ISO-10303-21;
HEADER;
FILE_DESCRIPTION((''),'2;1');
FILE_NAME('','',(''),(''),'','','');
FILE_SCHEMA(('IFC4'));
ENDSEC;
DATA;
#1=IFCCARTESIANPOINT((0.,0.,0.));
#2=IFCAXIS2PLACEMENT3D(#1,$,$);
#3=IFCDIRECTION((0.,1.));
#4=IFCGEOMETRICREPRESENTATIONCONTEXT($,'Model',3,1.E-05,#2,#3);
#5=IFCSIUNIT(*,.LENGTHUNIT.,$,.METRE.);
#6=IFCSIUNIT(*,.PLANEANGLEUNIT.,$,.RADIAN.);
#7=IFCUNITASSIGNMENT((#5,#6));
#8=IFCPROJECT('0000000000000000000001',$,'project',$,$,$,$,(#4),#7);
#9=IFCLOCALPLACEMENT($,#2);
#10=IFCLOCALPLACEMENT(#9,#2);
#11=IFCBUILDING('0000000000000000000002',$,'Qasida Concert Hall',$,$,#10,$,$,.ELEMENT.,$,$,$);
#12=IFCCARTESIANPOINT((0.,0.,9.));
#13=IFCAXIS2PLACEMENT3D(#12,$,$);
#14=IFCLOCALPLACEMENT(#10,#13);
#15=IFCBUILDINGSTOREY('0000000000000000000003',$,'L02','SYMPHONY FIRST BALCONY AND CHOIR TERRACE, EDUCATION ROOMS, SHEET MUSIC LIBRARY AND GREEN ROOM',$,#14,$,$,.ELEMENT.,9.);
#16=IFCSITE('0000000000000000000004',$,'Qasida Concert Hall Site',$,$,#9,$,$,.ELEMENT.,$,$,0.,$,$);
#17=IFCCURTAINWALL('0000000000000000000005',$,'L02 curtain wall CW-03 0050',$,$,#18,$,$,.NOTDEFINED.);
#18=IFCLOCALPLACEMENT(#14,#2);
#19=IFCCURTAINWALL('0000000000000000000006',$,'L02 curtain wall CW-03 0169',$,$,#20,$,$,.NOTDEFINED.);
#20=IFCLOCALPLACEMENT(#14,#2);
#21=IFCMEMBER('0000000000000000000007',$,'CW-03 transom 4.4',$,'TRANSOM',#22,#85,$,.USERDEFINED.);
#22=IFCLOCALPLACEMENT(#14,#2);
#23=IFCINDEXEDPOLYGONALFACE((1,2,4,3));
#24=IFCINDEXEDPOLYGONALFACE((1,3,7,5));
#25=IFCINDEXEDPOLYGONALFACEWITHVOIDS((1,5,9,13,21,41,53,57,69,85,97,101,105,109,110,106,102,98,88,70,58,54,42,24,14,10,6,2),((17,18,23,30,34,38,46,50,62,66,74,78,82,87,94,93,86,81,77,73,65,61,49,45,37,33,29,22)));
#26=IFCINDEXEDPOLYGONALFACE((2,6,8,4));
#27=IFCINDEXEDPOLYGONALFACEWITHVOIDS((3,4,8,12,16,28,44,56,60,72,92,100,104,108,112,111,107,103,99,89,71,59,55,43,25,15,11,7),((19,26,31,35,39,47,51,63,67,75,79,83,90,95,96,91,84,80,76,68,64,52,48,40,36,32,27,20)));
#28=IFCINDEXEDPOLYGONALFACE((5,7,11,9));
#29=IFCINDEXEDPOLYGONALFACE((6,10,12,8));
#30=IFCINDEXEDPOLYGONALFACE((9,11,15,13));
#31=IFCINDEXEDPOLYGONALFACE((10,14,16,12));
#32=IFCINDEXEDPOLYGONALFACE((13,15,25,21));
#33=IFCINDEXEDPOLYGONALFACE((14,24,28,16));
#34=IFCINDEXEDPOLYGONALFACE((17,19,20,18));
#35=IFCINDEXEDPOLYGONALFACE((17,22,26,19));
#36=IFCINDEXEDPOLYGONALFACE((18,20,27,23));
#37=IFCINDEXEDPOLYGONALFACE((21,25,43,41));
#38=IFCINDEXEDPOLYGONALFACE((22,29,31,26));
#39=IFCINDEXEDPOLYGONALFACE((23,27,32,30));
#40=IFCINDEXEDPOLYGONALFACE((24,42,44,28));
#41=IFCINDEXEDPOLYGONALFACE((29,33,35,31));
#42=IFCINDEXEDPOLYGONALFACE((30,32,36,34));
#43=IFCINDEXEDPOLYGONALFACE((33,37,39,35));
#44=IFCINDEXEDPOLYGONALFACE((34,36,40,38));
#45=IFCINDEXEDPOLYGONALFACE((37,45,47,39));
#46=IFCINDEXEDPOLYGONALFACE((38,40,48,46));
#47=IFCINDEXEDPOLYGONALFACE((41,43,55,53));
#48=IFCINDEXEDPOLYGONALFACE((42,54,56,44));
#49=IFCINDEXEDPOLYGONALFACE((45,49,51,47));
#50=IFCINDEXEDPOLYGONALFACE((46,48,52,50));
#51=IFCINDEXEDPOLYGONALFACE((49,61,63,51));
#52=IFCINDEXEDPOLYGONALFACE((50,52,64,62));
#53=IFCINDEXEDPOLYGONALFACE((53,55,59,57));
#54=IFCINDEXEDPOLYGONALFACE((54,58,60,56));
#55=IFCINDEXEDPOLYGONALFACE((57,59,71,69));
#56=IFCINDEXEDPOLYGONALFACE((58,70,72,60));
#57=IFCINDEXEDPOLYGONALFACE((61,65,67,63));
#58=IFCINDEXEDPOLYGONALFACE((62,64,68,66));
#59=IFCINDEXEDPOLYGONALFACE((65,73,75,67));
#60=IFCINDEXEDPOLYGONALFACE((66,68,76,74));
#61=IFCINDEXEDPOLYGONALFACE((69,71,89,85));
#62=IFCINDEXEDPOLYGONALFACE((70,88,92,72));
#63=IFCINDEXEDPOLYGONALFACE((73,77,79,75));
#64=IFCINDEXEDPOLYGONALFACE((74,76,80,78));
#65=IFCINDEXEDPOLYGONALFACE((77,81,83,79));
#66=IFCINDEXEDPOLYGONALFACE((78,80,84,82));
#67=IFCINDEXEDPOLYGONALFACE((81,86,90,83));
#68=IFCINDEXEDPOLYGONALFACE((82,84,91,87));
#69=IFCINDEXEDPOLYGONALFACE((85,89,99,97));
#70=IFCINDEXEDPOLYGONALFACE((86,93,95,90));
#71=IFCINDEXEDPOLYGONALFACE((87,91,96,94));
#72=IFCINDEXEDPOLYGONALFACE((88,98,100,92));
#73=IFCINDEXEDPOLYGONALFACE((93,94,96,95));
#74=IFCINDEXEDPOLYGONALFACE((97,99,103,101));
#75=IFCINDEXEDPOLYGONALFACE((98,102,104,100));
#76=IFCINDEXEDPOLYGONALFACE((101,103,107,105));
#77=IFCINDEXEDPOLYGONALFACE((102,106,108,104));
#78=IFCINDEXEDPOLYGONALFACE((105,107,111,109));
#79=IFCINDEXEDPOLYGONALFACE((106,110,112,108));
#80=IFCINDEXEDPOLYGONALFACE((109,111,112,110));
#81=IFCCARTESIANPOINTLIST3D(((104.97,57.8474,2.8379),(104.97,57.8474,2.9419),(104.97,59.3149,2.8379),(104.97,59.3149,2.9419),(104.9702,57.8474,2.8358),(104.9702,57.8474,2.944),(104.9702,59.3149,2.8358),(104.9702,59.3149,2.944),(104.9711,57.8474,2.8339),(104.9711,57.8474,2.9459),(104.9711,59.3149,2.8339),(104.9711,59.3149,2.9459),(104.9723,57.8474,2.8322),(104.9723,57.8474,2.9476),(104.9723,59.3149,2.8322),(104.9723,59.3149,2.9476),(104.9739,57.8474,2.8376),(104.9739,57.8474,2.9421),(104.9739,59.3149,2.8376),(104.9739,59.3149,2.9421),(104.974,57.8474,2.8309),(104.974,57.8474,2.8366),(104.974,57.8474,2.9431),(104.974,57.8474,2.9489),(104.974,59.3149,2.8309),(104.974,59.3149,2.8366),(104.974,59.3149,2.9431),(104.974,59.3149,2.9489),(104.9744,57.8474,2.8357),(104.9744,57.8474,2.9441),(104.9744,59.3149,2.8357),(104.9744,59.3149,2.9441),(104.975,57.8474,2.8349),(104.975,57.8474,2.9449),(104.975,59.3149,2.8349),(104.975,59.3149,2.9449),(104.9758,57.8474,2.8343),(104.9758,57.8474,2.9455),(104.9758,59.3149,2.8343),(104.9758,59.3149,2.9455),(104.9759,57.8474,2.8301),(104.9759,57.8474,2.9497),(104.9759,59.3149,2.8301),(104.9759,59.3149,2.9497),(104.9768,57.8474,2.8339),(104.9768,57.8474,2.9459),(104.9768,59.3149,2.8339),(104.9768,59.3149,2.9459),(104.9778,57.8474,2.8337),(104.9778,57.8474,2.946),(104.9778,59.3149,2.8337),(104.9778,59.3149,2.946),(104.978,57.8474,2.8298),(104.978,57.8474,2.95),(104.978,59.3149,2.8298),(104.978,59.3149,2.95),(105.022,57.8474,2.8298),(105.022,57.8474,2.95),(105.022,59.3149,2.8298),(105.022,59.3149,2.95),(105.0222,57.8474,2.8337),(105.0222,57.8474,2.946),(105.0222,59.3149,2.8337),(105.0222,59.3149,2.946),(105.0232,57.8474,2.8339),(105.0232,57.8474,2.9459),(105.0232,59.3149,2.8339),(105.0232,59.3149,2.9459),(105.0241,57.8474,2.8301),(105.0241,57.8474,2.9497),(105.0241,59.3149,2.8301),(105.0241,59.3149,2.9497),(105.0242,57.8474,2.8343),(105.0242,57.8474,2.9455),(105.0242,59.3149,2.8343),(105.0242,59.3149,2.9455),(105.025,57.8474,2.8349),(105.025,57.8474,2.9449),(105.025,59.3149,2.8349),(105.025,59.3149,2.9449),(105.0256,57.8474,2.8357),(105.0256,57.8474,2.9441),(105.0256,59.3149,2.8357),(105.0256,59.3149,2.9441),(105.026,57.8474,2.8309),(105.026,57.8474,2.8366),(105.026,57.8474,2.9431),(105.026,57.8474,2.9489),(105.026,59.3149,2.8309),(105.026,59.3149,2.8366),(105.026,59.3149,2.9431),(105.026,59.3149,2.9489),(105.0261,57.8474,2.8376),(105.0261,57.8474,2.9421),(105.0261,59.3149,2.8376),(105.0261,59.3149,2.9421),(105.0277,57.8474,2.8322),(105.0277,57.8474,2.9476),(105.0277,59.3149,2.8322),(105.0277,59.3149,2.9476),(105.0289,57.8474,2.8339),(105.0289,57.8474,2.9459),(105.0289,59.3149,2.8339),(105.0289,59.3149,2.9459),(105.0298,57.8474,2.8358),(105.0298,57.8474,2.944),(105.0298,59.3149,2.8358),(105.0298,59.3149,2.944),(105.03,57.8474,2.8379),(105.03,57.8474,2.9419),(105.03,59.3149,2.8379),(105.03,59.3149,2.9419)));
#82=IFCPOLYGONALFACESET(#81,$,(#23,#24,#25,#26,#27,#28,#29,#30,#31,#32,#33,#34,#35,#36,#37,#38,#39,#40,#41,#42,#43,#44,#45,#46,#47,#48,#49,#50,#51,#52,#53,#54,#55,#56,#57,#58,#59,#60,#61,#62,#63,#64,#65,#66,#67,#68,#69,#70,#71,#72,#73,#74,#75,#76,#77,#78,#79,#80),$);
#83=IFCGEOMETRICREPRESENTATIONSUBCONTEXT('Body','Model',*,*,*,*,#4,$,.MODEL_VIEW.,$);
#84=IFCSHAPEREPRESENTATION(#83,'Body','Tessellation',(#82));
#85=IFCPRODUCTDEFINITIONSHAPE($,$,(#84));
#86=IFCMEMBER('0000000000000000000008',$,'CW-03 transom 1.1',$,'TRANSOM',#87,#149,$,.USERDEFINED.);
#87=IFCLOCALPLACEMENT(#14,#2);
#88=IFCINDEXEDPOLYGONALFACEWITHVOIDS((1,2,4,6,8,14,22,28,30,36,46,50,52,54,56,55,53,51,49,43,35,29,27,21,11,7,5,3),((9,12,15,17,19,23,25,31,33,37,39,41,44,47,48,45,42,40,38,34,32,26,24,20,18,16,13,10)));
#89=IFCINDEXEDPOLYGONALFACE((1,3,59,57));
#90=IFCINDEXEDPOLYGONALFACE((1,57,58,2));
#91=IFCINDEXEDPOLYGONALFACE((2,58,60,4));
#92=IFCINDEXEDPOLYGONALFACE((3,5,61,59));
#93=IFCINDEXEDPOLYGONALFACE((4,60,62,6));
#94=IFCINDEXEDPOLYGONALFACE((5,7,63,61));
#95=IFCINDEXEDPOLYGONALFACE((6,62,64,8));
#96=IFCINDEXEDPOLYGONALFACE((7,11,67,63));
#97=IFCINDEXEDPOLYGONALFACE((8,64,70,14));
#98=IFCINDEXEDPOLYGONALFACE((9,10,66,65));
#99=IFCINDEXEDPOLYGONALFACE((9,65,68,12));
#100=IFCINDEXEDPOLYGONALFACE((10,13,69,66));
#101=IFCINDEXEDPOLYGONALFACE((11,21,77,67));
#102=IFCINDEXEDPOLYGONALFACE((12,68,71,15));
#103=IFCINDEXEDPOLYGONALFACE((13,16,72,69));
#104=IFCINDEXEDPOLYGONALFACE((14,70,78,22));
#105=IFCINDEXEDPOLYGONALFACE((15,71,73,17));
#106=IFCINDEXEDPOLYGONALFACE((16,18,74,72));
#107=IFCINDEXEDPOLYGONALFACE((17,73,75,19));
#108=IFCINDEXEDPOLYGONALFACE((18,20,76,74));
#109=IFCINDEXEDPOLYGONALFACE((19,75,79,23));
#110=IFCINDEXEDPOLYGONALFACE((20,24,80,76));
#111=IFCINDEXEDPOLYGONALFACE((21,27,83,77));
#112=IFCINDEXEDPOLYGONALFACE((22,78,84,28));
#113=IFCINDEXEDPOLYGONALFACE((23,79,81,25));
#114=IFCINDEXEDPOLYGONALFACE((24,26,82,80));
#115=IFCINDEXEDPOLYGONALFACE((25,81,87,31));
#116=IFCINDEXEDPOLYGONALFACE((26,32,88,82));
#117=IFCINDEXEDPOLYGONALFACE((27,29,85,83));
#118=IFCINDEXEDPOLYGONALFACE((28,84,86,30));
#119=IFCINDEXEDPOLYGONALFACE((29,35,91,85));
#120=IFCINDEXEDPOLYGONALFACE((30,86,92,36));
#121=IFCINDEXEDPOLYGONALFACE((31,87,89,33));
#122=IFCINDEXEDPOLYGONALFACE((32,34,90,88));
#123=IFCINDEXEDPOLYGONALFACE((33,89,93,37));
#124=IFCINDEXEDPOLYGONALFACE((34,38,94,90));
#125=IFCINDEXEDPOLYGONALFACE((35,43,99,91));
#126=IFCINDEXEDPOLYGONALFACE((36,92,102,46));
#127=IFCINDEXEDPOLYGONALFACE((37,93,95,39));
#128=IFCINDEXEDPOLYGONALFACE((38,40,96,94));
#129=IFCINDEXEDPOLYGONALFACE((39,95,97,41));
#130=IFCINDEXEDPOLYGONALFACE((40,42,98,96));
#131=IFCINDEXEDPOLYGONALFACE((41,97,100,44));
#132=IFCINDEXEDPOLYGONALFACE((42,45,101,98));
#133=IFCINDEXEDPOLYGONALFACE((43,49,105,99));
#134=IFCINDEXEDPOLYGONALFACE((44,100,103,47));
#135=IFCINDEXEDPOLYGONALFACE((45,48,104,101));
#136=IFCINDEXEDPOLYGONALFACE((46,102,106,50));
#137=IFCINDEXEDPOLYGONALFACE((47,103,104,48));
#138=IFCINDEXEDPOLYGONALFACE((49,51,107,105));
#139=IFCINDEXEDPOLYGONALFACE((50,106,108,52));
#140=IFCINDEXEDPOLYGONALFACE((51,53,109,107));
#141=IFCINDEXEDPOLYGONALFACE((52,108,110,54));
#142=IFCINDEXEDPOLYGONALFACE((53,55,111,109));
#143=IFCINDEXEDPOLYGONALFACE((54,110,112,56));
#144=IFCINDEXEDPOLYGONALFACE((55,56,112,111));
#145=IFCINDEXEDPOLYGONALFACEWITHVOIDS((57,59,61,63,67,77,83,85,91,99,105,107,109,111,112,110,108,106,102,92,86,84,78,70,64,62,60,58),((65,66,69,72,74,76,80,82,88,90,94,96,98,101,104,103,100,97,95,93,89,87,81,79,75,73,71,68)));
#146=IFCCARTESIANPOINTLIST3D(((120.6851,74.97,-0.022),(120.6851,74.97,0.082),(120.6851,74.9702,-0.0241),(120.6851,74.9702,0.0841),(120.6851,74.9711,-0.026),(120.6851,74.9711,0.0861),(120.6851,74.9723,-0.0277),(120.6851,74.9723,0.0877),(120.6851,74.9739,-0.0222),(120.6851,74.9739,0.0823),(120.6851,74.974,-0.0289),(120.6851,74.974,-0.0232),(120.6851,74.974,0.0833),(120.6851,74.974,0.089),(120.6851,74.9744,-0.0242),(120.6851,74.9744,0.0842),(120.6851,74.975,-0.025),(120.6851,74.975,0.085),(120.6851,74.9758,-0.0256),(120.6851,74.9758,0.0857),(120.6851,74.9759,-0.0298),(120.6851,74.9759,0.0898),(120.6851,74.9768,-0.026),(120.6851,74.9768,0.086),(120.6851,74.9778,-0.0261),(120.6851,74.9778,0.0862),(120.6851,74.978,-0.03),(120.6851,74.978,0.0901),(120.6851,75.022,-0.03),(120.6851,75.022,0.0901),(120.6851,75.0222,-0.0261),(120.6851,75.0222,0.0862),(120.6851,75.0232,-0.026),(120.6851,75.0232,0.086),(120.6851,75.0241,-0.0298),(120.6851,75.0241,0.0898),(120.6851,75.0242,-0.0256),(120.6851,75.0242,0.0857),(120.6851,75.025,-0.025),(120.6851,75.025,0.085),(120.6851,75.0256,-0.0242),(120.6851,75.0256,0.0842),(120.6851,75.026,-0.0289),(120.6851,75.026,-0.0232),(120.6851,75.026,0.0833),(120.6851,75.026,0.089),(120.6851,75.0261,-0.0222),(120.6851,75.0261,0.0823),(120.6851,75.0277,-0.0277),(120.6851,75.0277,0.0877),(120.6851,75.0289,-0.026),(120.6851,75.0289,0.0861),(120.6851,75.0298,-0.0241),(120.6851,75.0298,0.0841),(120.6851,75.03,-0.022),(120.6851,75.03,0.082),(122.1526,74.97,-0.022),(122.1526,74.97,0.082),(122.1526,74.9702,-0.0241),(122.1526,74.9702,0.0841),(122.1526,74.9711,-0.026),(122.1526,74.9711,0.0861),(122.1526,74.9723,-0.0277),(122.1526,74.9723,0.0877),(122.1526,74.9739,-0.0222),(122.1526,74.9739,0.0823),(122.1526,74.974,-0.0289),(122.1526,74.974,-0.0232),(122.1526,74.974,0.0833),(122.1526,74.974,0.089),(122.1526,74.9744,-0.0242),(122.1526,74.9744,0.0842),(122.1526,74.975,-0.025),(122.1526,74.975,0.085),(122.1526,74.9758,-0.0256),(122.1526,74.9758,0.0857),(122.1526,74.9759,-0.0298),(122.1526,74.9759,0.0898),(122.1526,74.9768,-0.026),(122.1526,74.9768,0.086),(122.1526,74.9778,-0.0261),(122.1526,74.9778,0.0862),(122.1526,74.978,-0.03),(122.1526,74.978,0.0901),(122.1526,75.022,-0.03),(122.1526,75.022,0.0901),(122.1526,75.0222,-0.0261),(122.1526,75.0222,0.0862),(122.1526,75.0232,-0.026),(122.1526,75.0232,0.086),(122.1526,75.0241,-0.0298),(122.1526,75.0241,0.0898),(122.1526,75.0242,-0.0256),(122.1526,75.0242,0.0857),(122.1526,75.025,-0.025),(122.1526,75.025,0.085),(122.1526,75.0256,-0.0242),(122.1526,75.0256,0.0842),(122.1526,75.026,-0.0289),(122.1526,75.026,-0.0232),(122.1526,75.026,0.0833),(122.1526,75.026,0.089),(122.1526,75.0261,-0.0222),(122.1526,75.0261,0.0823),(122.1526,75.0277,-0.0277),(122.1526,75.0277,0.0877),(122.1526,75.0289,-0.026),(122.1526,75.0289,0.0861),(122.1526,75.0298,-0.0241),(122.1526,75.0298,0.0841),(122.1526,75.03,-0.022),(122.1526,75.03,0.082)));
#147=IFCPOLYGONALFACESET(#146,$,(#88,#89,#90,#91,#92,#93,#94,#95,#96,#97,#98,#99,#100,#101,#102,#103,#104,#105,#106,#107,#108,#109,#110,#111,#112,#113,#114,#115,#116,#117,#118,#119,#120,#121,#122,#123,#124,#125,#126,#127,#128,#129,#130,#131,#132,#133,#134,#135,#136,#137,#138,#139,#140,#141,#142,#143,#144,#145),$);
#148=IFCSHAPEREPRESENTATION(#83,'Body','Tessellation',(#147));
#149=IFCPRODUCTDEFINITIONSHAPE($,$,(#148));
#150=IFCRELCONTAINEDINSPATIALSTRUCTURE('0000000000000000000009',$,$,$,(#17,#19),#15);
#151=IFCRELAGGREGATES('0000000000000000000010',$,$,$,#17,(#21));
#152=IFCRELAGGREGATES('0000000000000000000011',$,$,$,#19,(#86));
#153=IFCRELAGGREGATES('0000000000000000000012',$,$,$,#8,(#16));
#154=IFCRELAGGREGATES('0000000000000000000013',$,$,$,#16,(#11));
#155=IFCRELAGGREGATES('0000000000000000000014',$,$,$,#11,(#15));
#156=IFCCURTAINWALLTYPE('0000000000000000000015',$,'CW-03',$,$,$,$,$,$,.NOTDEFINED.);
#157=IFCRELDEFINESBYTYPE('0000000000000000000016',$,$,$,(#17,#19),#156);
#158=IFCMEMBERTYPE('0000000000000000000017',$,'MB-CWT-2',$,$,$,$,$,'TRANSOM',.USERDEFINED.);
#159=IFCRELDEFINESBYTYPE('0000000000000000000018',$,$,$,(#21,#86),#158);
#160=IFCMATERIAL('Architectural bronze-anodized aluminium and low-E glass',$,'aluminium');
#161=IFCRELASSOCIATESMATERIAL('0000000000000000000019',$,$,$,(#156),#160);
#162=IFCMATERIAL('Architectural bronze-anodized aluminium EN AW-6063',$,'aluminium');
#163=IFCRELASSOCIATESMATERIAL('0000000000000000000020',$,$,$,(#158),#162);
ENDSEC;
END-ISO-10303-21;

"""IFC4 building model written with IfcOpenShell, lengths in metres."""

from ifc_helpers import new_model, si_unit, direction, frame, origin, origin_2d, place, context, subcontext, project, spatial, hollow_rectangle, extrude, material, material_profile, profile_set, type_object, element, aggregate, save


model = new_model("IFC4")

# Units and contexts
model_context = context("Model", 3, precision=1e-05, world=origin(), true_north=direction((0.0, 1.0)))
body_context = subcontext(model_context, "Body", "Model", "MODEL_VIEW")
ifc_project = project(units=[si_unit("LENGTHUNIT", "METRE"), si_unit("PLANEANGLEUNIT", "RADIAN")], contexts=[model_context])

# Site, building, storey
site_placement = place(None, origin())
site = spatial("IfcSite", under=ifc_project, at=site_placement, Name="Qasida Concert Hall Site", CompositionType="ELEMENT", RefElevation=0.0)
building_placement = place(site_placement, origin())
building = spatial("IfcBuilding", under=site, at=building_placement, Name="Qasida Concert Hall", CompositionType="ELEMENT")
storey_placement = place(building_placement, frame((0.0, 0.0, 9.0)))
storey = spatial("IfcBuildingStorey", under=building, at=storey_placement, Name="L02", Description="SYMPHONY FIRST BALCONY AND CHOIR TERRACE, EDUCATION ROOMS, SHEET MUSIC LIBRARY AND GREEN ROOM", CompositionType="ELEMENT", Elevation=9.0)

# Curtain wall
ifc_material_1 = material(Name="Architectural bronze-anodized aluminium and low-E glass", Category="aluminium")
curtain_wall_type = type_object("IfcCurtainWallType", Name="CW-03", PredefinedType="NOTDEFINED", material=ifc_material_1)
curtain_wall_1_placement = place(storey_placement, origin())
curtain_wall_1 = element("IfcCurtainWall", 1, at=curtain_wall_1_placement, inside=storey, type_object=curtain_wall_type, Name="L02 curtain wall CW-03 0050", PredefinedType="NOTDEFINED")
ifc_material_2 = material(Name="Architectural bronze-anodized aluminium EN AW-6063", Category="aluminium")

# Curtain wall
curtain_wall_2_placement = place(storey_placement, origin())
curtain_wall_2 = element("IfcCurtainWall", 2, at=curtain_wall_2_placement, inside=storey, type_object=curtain_wall_type, Name="L02 curtain wall CW-03 0169", PredefinedType="NOTDEFINED")

# Members
ifc_material_profile_1 = material_profile(ifc_material_2, hollow_rectangle(XDim=0.0601, YDim=0.1201, WallThickness=0.0039, InnerFilletRadius=0.0039, OuterFilletRadius=0.0081, at=origin_2d()), Name="CWT 120x60x4")
ifc_profile_set_1 = profile_set([ifc_material_profile_1], Name="Architectural bronze-anodized aluminium EN AW-6063")
member_type_1 = type_object("IfcMemberType", Name="MB-CWT-2", ElementType="TRANSOM", PredefinedType="USERDEFINED", material=ifc_profile_set_1)
member_1_placement = place(storey_placement, frame((105.0, 57.8474, 2.8899), z_axis=(0.0, 1.0, 0.0), x_axis=(-1.0, 0.0, 0.0)))
member_1 = element("IfcMember", 3, at=member_1_placement, type_object=member_type_1, Name="CW-03 transom 4.4", ObjectType="TRANSOM", PredefinedType="USERDEFINED", context=body_context, shape_type="SweptSolid", body=[
    extrude(hollow_rectangle(XDim=0.0601, YDim=0.1201, WallThickness=0.0039, InnerFilletRadius=0.0039, OuterFilletRadius=0.0081, at=origin_2d()), origin(), (0.0, 0.0, 1.0), 1.4675),
])
member_2_placement = place(storey_placement, frame((120.6851, 75.0, 0.03), z_axis=(1.0, 0.0, 0.0), x_axis=(0.0, 1.0, 0.0)))
member_2 = element("IfcMember", 4, at=member_2_placement, type_object=member_type_1, Name="CW-03 transom 1.1", ObjectType="TRANSOM", PredefinedType="USERDEFINED", context=body_context, shape_type="SweptSolid", body=[
    extrude(hollow_rectangle(XDim=0.0601, YDim=0.1201, WallThickness=0.0039, InnerFilletRadius=0.0039, OuterFilletRadius=0.0081, at=origin_2d()), origin(), (0.0, 0.0, 1.0), 1.4675),
])

aggregate(curtain_wall_1, [member_1])
aggregate(curtain_wall_2, [member_2])

save(model, "model.ifc")
